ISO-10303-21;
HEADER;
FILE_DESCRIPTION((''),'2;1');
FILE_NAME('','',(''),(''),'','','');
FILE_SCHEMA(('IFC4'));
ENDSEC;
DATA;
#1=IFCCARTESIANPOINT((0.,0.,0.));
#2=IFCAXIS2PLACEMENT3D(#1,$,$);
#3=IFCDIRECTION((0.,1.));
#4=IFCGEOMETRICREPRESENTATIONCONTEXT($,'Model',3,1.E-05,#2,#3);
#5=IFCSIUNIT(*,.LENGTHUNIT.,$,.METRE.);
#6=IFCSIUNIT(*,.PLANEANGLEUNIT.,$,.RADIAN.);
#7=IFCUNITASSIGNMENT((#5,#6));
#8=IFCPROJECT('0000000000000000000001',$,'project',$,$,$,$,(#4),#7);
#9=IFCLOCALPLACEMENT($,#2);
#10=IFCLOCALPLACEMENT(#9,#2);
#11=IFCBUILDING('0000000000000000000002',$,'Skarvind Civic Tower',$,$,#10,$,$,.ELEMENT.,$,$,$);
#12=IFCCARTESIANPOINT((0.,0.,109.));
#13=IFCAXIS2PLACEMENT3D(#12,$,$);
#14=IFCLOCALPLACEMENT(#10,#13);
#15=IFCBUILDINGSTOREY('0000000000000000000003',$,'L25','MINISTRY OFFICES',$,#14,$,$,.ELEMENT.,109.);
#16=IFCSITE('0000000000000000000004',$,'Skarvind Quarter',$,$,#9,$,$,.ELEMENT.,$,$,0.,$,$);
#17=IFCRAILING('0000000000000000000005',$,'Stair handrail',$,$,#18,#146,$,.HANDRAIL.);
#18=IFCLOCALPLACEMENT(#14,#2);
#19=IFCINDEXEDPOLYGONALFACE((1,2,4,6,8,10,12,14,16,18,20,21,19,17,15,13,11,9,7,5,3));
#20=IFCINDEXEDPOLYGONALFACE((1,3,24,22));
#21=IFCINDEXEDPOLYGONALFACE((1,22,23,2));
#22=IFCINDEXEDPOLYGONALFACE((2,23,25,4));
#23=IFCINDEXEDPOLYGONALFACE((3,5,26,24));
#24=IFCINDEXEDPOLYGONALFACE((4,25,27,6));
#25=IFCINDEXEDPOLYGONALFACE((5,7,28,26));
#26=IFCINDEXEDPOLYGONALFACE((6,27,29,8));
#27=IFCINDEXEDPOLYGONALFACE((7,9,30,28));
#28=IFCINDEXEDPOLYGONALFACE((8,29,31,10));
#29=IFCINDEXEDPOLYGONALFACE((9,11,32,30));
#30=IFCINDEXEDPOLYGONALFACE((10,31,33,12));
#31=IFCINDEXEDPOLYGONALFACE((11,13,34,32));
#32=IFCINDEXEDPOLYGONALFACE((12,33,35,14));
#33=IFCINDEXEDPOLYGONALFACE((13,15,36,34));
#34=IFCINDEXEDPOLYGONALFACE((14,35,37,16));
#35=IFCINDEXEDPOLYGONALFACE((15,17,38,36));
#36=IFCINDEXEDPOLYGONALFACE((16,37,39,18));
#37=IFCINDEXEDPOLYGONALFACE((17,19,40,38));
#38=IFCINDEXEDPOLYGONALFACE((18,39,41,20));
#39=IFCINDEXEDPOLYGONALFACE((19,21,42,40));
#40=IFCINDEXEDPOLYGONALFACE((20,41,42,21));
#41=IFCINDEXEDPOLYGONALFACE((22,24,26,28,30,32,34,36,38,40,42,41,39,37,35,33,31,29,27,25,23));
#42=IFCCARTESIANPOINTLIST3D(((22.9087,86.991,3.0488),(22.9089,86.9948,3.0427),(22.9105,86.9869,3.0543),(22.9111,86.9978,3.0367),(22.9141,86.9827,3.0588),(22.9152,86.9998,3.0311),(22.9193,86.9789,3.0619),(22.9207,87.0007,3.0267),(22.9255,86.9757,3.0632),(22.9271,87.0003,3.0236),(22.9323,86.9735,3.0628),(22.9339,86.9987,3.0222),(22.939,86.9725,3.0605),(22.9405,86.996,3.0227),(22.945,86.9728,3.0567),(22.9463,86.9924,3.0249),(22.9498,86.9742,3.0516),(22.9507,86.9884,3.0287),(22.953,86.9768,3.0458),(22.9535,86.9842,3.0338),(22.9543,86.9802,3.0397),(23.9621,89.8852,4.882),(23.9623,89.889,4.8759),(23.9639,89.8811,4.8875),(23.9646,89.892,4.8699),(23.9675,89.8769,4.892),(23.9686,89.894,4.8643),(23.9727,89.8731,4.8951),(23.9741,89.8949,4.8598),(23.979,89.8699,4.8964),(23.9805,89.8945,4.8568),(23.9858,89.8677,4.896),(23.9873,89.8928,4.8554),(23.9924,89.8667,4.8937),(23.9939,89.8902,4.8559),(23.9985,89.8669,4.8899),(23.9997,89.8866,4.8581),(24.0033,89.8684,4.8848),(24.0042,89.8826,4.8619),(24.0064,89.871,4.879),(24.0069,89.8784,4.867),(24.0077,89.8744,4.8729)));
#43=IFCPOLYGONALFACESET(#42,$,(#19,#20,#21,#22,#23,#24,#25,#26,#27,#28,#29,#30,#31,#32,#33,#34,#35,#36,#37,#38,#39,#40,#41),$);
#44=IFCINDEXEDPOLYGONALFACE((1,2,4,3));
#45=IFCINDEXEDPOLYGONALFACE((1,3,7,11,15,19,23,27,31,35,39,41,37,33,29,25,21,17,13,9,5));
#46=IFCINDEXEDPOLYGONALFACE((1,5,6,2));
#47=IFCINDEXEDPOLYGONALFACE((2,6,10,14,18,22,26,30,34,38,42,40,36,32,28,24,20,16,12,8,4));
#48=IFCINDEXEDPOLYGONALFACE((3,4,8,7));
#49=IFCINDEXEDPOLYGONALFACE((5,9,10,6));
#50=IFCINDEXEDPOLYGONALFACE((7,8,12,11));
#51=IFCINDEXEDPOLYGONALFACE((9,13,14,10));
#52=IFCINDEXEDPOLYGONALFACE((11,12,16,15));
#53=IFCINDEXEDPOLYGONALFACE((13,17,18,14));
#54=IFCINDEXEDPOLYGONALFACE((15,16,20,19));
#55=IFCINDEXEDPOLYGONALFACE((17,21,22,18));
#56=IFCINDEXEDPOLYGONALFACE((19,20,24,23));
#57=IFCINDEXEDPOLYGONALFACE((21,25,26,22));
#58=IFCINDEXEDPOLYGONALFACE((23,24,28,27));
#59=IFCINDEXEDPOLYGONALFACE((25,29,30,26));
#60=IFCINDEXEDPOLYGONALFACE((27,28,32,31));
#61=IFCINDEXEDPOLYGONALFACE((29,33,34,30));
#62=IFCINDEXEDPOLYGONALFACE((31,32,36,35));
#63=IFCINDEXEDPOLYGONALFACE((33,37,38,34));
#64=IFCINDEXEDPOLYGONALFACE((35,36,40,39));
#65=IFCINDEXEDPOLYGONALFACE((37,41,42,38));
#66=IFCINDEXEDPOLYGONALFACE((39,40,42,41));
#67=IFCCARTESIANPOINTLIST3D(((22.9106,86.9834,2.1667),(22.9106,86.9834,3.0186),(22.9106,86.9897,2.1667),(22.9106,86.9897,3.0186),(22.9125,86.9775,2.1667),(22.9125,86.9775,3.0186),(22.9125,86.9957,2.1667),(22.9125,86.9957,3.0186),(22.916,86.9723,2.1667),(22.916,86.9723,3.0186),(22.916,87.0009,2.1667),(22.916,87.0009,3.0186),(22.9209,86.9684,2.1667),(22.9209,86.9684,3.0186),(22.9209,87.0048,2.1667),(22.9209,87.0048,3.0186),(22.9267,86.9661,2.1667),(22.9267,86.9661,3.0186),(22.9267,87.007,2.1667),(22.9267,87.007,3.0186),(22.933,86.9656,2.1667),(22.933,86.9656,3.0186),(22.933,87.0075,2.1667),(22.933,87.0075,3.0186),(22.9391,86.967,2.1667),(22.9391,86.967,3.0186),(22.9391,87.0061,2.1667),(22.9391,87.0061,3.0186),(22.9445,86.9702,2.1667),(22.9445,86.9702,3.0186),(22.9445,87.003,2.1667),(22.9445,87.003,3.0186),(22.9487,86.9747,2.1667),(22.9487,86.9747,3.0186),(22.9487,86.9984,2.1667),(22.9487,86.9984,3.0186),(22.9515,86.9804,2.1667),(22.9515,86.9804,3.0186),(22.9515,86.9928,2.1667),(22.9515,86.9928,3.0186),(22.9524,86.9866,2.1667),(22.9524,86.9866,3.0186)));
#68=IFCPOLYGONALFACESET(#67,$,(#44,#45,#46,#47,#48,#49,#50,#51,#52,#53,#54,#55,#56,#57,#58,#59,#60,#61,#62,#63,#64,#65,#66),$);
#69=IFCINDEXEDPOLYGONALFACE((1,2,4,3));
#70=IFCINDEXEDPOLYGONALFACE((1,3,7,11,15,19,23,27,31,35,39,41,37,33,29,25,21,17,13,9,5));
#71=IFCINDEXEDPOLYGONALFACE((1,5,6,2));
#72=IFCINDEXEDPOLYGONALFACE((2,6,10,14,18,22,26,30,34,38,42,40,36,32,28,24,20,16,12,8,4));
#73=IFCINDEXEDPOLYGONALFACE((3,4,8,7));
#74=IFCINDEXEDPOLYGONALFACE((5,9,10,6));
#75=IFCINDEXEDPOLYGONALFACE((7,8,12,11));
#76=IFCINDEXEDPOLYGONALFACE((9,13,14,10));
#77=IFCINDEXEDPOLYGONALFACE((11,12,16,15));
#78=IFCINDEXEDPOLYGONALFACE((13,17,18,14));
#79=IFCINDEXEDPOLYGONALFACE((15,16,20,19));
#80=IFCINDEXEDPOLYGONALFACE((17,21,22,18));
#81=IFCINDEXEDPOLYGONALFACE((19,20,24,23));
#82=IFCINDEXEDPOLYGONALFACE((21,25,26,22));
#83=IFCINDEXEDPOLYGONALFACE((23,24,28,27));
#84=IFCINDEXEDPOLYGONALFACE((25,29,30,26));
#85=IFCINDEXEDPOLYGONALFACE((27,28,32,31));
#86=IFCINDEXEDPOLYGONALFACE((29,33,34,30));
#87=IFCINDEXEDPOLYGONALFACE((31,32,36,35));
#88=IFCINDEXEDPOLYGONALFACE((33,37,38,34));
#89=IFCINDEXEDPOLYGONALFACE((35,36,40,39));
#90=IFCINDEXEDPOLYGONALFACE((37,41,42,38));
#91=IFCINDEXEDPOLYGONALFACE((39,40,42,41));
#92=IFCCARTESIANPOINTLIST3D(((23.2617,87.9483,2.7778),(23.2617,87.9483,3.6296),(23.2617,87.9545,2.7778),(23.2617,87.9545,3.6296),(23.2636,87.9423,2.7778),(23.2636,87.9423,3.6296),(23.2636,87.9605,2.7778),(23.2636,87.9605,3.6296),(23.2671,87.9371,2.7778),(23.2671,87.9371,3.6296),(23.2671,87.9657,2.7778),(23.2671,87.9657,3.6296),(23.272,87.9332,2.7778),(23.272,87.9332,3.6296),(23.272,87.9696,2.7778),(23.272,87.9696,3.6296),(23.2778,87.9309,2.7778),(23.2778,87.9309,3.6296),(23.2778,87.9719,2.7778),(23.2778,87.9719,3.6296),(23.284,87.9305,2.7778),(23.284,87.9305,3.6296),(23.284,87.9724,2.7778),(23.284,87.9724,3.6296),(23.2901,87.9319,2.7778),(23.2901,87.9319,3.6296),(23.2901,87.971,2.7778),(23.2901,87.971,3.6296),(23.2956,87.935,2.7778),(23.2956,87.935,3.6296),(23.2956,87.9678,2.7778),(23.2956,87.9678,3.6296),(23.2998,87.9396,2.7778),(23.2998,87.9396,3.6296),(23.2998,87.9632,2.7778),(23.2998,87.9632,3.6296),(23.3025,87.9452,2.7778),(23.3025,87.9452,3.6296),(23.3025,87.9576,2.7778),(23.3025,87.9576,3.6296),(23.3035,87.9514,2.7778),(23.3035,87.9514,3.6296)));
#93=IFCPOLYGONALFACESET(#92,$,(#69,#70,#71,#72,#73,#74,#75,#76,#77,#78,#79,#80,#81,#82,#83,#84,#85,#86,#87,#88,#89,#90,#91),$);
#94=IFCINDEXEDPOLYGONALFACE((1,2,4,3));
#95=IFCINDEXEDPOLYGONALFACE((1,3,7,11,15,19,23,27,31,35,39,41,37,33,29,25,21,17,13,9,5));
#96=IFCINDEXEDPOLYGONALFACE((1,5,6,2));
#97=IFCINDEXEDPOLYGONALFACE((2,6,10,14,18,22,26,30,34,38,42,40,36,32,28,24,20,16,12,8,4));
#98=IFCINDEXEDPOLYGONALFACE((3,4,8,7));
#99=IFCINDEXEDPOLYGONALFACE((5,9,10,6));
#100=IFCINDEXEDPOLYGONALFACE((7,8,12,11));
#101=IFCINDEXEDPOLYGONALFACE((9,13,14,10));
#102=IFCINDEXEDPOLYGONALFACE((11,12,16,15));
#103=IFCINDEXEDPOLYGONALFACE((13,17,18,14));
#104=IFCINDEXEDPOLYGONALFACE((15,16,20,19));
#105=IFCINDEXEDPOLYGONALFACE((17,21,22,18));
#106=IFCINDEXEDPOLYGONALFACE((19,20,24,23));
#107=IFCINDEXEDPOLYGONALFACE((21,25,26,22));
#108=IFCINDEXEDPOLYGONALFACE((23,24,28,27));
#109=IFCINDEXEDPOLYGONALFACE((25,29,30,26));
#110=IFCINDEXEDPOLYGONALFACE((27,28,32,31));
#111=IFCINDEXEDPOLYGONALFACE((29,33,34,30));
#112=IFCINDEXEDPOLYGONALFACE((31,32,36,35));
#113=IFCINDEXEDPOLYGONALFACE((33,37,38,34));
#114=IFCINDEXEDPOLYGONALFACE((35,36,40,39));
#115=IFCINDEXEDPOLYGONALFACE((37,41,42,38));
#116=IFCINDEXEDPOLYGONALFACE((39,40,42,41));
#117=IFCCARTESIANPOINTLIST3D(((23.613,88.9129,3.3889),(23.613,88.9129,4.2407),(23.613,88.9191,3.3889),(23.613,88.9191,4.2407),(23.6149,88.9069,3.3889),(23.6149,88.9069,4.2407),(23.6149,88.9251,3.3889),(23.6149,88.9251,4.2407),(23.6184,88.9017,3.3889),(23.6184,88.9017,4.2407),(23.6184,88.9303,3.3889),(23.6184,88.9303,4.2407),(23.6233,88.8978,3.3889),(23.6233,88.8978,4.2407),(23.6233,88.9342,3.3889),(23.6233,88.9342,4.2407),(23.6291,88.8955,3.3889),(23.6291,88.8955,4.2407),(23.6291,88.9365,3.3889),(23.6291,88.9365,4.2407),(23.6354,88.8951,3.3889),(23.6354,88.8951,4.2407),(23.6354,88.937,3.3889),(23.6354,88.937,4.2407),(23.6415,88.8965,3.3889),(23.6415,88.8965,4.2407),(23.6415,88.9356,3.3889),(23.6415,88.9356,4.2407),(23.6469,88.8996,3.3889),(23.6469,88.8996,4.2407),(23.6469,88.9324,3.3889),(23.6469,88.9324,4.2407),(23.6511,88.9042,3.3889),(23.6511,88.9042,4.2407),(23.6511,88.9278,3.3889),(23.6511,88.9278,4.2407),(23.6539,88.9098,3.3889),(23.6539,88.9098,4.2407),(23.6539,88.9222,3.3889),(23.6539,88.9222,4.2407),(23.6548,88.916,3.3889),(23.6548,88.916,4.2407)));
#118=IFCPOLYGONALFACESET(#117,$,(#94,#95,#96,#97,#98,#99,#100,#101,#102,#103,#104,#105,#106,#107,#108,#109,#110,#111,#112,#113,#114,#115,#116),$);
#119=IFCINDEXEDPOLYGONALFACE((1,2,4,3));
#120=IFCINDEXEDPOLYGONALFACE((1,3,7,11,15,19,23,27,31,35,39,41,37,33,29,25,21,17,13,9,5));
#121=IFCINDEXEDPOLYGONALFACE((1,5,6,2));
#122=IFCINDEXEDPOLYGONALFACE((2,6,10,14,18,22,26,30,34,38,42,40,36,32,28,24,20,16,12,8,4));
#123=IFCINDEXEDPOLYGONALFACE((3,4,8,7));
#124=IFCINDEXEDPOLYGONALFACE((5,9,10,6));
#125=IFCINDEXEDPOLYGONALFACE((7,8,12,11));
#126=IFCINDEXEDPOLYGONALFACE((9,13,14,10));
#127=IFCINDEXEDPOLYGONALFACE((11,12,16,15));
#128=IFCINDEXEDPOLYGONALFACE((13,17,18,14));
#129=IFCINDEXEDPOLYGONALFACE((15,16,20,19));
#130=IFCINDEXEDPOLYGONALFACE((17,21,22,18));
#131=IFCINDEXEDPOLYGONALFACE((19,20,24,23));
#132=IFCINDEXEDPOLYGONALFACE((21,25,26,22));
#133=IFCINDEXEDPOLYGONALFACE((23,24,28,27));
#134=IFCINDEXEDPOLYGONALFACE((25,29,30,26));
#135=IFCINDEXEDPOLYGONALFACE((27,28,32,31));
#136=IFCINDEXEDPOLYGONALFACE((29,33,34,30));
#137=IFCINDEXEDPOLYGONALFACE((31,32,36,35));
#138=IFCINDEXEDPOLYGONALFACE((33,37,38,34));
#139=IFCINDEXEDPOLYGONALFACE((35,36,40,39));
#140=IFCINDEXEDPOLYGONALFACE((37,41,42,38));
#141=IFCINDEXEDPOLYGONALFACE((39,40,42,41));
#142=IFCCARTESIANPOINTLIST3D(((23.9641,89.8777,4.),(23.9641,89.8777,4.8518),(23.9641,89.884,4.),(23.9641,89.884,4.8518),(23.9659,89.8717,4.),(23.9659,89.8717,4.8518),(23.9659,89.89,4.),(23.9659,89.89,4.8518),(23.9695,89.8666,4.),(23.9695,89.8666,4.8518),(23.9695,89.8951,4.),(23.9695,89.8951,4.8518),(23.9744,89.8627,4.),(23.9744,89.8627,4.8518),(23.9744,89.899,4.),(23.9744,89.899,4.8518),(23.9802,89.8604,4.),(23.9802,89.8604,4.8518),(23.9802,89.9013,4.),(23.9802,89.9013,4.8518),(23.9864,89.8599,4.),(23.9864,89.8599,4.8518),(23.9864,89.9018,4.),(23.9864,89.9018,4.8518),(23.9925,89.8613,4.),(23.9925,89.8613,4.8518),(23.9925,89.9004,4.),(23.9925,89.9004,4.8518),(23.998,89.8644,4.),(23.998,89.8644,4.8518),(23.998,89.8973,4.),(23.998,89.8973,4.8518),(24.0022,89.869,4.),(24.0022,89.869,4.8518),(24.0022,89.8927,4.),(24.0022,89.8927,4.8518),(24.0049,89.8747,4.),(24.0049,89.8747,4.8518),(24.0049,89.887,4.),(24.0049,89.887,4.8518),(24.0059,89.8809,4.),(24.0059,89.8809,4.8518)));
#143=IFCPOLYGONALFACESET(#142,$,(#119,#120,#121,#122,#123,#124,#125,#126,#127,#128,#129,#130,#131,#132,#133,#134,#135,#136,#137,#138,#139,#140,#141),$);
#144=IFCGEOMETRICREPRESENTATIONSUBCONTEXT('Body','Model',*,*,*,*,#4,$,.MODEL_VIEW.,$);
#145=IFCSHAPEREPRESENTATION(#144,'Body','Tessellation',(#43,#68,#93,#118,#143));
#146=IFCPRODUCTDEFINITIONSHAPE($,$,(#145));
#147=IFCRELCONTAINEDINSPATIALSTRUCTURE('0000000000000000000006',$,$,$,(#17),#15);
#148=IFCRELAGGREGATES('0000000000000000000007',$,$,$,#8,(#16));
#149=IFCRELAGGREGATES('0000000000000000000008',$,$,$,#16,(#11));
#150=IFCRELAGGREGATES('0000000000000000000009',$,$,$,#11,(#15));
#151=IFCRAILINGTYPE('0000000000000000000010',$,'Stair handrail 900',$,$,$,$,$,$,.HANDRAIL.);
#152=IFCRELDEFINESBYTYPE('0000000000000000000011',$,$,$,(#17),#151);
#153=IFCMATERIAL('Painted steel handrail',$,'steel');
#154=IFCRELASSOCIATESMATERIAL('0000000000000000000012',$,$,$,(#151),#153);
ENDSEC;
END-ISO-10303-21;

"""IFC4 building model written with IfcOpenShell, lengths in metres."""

from ifc_helpers import new_model, si_unit, direction, frame, origin, origin_2d, place, context, subcontext, project, spatial, circle, extrude, material, type_object, element, save


model = new_model("IFC4")

# Units and contexts
model_context = context("Model", 3, precision=1e-05, world=origin(), true_north=direction((0.0, 1.0)))
body_context = subcontext(model_context, "Body", "Model", "MODEL_VIEW")
ifc_project = project(units=[si_unit("LENGTHUNIT", "METRE"), si_unit("PLANEANGLEUNIT", "RADIAN")], contexts=[model_context])

# Site, building, storey
site_placement = place(None, origin())
site = spatial("IfcSite", under=ifc_project, at=site_placement, Name="Skarvind Quarter", CompositionType="ELEMENT", RefElevation=0.0)
building_placement = place(site_placement, origin())
building = spatial("IfcBuilding", under=site, at=building_placement, Name="Skarvind Civic Tower", CompositionType="ELEMENT")
storey_placement = place(building_placement, frame((0.0, 0.0, 109.0)))
storey = spatial("IfcBuildingStorey", under=building, at=storey_placement, Name="L25", Description="MINISTRY OFFICES", CompositionType="ELEMENT", Elevation=109.0)

# Railing
ifc_material_1 = material(Name="Painted steel handrail", Category="steel")
railing_type = type_object("IfcRailingType", Name="Stair handrail 900", PredefinedType="HANDRAIL", material=ifc_material_1)
for number, where, name in (
    (1, (22.9314, 86.9866, 2.1667), "Stair handrail"),
):
    element("IfcRailing", number, at=place(storey_placement, frame(where)), inside=storey, type_object=railing_type, Name=name, PredefinedType="HANDRAIL", context=body_context, shape_type="SweptSolid", body=[
        extrude(circle(Radius=0.0239, at=origin_2d()), frame((0.0, 0.0, 0.876), z_axis=(0.293908, 0.807481, 0.511461), x_axis=(-0.939689, 0.342029, 0.0)), (0.0, 0.0, 1.0), 3.5842),
        extrude(circle(Radius=0.021, at=origin_2d()), origin(), (0.0, 0.0, 1.0), 0.8518),
        extrude(circle(Radius=0.021, at=origin_2d()), frame((0.3511, 0.9648, 0.6111)), (0.0, 0.0, 1.0), 0.8518),
        extrude(circle(Radius=0.021, at=origin_2d()), frame((0.7024, 1.9294, 1.2222)), (0.0, 0.0, 1.0), 0.8518),
        extrude(circle(Radius=0.021, at=origin_2d()), frame((1.0535, 2.8943, 1.8333)), (0.0, 0.0, 1.0), 0.8518),
    ])

save(model, "model.ifc")
